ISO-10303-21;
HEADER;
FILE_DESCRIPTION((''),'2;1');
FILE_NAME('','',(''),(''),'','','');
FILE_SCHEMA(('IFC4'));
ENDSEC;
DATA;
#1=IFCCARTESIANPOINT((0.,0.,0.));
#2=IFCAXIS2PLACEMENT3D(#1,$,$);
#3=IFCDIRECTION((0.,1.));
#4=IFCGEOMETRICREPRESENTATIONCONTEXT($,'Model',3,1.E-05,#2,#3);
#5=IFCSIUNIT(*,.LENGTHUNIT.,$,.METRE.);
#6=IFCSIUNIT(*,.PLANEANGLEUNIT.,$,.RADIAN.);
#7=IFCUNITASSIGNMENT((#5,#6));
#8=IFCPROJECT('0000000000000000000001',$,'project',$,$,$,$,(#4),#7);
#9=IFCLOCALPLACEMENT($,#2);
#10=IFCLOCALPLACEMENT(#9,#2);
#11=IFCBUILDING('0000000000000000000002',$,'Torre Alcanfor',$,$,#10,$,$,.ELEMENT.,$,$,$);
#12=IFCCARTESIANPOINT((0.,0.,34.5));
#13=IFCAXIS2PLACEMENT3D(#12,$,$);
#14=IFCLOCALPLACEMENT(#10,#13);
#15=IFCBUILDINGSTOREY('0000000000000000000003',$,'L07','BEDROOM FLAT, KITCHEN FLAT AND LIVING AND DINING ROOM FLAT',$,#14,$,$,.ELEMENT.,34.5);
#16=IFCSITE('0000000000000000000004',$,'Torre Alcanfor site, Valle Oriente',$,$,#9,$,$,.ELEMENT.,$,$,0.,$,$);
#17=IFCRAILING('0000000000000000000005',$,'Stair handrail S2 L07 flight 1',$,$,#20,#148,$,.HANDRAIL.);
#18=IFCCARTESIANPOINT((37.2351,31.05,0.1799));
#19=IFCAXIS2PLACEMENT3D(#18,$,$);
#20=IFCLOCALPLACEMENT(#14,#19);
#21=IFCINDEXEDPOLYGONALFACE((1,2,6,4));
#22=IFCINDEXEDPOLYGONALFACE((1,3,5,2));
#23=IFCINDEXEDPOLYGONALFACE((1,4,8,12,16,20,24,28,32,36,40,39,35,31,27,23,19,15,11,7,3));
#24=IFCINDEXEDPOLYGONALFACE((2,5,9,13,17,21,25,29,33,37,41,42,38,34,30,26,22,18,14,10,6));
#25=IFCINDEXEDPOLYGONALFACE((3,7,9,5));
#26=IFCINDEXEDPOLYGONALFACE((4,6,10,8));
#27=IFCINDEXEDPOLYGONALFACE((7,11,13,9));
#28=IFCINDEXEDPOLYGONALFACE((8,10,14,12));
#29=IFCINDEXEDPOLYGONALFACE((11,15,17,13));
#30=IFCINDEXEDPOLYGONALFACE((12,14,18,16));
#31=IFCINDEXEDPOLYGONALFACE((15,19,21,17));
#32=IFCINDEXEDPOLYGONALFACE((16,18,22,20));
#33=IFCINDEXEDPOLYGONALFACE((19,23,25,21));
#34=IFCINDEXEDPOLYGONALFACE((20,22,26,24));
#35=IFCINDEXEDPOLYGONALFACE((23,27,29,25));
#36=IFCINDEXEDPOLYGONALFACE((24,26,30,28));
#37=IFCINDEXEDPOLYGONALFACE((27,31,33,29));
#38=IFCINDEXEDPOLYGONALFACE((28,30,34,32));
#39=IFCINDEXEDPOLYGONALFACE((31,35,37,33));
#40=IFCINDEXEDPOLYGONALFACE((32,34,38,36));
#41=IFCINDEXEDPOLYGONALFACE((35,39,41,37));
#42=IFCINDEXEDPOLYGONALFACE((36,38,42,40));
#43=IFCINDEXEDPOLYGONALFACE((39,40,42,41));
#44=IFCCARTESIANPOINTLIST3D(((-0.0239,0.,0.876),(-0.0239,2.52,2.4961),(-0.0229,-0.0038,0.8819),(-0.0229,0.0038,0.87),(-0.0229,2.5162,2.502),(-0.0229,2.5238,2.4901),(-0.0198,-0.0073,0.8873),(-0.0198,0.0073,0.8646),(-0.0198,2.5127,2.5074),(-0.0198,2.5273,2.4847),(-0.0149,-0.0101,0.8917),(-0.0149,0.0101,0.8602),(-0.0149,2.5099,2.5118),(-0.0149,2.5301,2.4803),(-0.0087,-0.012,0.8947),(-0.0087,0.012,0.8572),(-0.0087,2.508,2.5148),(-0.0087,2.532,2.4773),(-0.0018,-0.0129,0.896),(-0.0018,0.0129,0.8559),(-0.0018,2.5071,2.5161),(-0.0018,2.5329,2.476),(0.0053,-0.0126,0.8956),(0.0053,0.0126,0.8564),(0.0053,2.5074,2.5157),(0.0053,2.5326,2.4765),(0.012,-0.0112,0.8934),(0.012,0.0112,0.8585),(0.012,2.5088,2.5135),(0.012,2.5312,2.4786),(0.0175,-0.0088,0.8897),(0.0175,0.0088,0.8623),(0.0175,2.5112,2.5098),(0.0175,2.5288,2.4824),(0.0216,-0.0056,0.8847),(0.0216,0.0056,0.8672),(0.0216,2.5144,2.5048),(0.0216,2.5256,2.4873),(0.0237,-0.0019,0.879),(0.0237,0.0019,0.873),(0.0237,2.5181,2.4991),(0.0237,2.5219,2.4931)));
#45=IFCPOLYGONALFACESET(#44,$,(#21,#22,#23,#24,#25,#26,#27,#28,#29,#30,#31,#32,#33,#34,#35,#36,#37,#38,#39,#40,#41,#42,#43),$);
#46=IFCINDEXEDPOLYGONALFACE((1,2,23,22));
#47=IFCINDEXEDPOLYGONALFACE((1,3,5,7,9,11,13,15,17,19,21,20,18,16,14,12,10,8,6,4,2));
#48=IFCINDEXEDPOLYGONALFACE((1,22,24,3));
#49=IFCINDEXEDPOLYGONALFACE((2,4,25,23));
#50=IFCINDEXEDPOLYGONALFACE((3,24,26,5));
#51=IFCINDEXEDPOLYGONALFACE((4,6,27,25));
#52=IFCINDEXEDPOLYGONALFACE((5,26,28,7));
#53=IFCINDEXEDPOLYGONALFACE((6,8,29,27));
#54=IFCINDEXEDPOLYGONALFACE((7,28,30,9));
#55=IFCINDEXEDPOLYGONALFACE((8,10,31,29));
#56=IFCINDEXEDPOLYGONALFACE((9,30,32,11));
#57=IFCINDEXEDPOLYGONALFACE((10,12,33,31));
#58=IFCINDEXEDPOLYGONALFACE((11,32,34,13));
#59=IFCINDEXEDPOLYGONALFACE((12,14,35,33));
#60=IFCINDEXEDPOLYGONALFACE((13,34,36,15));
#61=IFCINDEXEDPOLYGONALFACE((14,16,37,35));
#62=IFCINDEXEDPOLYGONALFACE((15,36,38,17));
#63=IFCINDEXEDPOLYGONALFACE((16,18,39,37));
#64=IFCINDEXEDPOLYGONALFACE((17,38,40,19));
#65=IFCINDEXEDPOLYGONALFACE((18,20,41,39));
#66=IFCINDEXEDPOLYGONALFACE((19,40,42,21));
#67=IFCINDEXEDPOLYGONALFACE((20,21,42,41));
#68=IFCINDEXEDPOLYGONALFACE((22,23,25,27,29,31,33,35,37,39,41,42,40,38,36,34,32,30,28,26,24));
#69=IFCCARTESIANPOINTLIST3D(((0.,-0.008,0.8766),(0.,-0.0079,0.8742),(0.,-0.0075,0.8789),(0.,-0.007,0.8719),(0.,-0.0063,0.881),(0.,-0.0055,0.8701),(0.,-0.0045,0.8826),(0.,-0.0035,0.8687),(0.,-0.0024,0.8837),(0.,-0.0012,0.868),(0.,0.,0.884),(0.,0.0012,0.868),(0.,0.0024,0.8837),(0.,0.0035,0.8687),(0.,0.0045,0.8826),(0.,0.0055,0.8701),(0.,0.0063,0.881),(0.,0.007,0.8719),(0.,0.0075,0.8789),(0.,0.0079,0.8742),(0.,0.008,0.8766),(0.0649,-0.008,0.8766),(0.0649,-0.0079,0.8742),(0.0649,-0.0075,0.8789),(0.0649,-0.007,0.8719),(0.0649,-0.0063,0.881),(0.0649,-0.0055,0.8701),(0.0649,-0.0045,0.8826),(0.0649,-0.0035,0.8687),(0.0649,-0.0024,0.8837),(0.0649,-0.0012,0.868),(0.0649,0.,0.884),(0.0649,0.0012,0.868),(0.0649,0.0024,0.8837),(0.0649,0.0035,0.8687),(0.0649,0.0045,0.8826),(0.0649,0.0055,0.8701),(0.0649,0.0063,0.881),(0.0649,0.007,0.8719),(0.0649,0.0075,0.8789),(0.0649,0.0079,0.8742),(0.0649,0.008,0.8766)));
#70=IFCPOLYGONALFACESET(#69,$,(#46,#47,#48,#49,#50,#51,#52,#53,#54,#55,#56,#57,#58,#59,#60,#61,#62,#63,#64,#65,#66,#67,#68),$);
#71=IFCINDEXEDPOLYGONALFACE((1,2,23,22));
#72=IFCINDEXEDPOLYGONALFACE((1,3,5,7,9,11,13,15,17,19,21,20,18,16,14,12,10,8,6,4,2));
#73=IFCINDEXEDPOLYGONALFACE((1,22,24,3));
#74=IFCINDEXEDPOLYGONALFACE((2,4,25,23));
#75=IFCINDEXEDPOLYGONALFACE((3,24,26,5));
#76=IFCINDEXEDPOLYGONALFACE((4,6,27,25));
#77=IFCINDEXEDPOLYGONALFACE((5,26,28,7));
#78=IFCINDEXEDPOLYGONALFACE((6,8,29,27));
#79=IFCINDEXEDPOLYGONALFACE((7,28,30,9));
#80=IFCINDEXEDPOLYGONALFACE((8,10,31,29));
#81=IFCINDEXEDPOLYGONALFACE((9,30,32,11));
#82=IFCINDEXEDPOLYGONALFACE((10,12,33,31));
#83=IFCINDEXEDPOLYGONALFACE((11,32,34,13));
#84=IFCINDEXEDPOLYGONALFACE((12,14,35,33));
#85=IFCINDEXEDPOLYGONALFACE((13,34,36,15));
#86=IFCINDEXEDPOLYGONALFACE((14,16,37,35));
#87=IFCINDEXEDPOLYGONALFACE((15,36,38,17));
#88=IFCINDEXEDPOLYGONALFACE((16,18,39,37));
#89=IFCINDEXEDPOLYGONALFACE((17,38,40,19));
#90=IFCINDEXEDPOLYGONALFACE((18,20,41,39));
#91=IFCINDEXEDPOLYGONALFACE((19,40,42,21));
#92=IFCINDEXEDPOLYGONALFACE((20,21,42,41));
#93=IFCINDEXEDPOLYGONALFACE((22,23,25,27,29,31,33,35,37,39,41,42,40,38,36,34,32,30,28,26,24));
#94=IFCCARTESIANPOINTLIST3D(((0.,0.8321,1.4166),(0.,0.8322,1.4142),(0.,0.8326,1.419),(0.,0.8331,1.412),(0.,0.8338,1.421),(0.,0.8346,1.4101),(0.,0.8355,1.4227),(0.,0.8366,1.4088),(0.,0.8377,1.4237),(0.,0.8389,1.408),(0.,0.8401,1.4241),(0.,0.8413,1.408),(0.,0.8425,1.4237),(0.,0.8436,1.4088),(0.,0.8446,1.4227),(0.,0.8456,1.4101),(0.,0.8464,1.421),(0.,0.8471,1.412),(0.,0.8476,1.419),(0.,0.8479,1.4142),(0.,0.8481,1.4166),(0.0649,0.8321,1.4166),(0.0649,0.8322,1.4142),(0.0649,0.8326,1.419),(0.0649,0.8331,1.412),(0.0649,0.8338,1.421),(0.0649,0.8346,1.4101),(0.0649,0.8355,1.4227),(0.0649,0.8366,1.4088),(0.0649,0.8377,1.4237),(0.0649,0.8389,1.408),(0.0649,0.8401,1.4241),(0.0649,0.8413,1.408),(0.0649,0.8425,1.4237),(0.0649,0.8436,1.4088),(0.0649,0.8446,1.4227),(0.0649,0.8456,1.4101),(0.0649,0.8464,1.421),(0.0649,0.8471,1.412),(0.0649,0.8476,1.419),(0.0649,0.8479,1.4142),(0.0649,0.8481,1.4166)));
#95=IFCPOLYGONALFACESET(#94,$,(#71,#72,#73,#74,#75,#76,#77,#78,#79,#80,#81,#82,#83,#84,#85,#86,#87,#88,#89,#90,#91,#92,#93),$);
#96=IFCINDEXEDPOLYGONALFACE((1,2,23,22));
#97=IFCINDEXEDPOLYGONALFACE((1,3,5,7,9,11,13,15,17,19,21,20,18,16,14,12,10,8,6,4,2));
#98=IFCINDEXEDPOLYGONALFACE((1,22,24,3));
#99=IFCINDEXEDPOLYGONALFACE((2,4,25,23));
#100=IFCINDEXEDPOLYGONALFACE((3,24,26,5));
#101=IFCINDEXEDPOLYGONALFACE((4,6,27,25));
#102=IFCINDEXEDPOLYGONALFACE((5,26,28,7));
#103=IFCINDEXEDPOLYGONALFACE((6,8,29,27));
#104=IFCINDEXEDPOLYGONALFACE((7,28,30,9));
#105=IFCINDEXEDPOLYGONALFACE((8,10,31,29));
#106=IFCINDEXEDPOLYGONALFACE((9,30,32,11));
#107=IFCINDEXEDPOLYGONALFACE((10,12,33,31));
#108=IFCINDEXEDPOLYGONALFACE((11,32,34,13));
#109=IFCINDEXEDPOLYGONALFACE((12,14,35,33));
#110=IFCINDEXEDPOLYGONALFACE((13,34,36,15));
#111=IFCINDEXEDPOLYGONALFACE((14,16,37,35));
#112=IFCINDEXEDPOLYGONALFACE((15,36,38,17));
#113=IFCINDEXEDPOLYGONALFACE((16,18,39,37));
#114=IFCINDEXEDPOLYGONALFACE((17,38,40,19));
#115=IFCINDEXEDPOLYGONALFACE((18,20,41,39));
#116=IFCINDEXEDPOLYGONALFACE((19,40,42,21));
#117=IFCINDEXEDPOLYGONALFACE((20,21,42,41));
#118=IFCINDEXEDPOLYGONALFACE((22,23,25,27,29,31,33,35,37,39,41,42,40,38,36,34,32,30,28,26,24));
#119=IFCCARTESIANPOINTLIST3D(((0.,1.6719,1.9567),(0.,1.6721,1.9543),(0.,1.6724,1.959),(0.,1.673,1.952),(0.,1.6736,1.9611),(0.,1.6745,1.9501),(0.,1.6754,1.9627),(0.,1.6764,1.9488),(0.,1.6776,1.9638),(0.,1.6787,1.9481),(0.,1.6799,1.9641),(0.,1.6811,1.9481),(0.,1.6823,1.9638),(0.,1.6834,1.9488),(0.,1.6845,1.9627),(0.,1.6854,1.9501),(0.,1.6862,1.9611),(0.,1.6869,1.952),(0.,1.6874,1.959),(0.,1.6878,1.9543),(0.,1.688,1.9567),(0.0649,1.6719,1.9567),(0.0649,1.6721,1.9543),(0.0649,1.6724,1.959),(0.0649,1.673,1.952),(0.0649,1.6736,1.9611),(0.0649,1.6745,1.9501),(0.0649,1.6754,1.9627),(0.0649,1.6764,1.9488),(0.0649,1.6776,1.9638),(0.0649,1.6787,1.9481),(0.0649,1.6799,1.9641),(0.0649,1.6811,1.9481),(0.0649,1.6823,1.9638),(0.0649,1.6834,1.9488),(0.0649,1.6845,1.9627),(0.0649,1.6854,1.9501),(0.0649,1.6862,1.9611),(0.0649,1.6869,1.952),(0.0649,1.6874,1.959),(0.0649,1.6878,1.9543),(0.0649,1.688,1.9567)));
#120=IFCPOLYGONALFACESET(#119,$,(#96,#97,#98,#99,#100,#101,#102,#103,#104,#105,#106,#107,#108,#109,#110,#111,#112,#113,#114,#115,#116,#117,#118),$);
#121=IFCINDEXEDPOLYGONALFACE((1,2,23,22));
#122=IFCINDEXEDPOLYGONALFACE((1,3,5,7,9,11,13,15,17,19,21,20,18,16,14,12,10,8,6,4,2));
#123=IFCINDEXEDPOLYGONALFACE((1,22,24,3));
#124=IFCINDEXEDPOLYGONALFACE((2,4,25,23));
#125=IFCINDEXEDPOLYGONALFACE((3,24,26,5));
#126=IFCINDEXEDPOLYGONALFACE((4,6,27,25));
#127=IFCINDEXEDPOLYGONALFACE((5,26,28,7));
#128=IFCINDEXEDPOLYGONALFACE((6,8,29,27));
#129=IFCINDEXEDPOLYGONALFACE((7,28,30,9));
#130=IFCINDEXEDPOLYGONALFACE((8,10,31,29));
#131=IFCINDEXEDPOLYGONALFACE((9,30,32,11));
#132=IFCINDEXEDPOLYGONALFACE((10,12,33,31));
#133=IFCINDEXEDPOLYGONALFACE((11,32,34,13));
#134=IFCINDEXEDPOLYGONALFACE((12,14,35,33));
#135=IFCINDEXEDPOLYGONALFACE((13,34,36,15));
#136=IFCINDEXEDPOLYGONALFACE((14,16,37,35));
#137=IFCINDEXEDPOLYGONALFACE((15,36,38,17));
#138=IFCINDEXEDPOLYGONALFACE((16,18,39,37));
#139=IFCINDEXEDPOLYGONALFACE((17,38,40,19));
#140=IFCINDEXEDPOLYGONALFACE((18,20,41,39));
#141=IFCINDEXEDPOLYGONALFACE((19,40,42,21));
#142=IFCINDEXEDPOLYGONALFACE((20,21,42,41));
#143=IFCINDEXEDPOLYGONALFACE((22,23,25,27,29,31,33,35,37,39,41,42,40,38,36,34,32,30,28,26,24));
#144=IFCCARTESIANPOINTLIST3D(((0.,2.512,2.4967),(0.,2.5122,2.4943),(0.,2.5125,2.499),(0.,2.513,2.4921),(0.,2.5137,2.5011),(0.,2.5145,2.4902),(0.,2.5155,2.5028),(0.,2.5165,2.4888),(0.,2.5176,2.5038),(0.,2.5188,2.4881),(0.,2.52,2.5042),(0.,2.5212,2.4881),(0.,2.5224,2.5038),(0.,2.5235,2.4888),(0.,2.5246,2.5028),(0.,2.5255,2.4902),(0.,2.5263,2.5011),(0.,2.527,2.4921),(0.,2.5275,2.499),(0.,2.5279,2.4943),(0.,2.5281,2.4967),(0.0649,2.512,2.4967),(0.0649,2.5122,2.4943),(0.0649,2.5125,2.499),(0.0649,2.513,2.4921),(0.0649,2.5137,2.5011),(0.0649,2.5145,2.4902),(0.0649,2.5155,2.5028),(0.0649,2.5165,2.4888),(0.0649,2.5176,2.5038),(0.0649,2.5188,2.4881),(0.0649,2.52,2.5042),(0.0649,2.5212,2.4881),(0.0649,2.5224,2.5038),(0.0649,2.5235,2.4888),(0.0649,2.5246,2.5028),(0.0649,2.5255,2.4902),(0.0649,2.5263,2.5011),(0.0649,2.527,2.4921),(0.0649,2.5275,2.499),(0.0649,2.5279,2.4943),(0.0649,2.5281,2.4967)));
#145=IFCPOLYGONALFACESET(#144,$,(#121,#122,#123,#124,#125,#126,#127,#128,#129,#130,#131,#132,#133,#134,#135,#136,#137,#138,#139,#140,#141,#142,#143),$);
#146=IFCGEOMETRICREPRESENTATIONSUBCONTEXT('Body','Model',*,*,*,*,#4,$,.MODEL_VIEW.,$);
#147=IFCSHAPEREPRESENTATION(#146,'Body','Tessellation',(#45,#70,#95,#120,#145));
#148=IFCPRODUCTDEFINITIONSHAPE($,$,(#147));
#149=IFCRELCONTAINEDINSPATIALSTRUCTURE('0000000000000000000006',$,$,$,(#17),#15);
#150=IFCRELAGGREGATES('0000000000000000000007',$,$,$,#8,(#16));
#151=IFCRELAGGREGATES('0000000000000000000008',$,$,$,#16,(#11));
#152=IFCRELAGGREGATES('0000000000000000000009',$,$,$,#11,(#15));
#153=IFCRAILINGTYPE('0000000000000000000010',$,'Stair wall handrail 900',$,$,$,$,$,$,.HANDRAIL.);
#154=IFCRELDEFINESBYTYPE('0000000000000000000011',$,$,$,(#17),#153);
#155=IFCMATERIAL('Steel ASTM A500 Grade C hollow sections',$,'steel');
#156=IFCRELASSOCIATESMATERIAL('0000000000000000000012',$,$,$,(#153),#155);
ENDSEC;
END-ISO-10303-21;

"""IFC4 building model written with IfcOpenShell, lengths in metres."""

from ifc_helpers import new_model, si_unit, direction, frame, origin, origin_2d, place, context, subcontext, project, spatial, circle, extrude, material, type_object, element, save


model = new_model("IFC4")

# Units and contexts
model_context = context("Model", 3, precision=1e-05, world=origin(), true_north=direction((0.0, 1.0)))
body_context = subcontext(model_context, "Body", "Model", "MODEL_VIEW")
ifc_project = project(units=[si_unit("LENGTHUNIT", "METRE"), si_unit("PLANEANGLEUNIT", "RADIAN")], contexts=[model_context])

# Site, building, storey
site_placement = place(None, origin())
site = spatial("IfcSite", under=ifc_project, at=site_placement, Name="Torre Alcanfor site, Valle Oriente", CompositionType="ELEMENT", RefElevation=0.0)
building_placement = place(site_placement, origin())
building = spatial("IfcBuilding", under=site, at=building_placement, Name="Torre Alcanfor", CompositionType="ELEMENT")
storey_placement = place(building_placement, frame((0.0, 0.0, 34.5)))
storey = spatial("IfcBuildingStorey", under=building, at=storey_placement, Name="L07", Description="BEDROOM FLAT, KITCHEN FLAT AND LIVING AND DINING ROOM FLAT", CompositionType="ELEMENT", Elevation=34.5)

# Railing
ifc_material_1 = material(Name="Steel ASTM A500 Grade C hollow sections", Category="steel")
railing_type_1 = type_object("IfcRailingType", Name="Stair wall handrail 900", PredefinedType="HANDRAIL", material=ifc_material_1)
railing_1_placement = place(storey_placement, frame((37.2351, 31.05, 0.1799)))
element("IfcRailing", 1, at=railing_1_placement, inside=storey, type_object=railing_type_1, Name="Stair handrail S2 L07 flight 1", PredefinedType="HANDRAIL", context=body_context, shape_type="SweptSolid", body=[
    extrude(circle(Radius=0.0239, at=origin_2d()), frame((0.0, 0.0, 0.876), z_axis=(0.0, 0.841163, 0.540782), x_axis=(-1.0, 0.0, 0.0)), (0.0, 0.0, 1.0), 2.9958),
    extrude(circle(Radius=0.0081, at=origin_2d()), frame((0.0, 0.0, 0.876), z_axis=(1.0, 0.0, 0.0), x_axis=(0.0, 0.0, 1.0)), (0.0, 0.0, 1.0), 0.0649),
    extrude(circle(Radius=0.0081, at=origin_2d()), frame((0.0, 0.8401, 1.416), z_axis=(1.0, 0.0, 0.0), x_axis=(0.0, 0.0, 1.0)), (0.0, 0.0, 1.0), 0.0649),
    extrude(circle(Radius=0.0081, at=origin_2d()), frame((0.0, 1.6799, 1.9561), z_axis=(1.0, 0.0, 0.0), x_axis=(0.0, 0.0, 1.0)), (0.0, 0.0, 1.0), 0.0649),
    extrude(circle(Radius=0.0081, at=origin_2d()), frame((0.0, 2.52, 2.4961), z_axis=(1.0, 0.0, 0.0), x_axis=(0.0, 0.0, 1.0)), (0.0, 0.0, 1.0), 0.0649),
])

save(model, "model.ifc")
